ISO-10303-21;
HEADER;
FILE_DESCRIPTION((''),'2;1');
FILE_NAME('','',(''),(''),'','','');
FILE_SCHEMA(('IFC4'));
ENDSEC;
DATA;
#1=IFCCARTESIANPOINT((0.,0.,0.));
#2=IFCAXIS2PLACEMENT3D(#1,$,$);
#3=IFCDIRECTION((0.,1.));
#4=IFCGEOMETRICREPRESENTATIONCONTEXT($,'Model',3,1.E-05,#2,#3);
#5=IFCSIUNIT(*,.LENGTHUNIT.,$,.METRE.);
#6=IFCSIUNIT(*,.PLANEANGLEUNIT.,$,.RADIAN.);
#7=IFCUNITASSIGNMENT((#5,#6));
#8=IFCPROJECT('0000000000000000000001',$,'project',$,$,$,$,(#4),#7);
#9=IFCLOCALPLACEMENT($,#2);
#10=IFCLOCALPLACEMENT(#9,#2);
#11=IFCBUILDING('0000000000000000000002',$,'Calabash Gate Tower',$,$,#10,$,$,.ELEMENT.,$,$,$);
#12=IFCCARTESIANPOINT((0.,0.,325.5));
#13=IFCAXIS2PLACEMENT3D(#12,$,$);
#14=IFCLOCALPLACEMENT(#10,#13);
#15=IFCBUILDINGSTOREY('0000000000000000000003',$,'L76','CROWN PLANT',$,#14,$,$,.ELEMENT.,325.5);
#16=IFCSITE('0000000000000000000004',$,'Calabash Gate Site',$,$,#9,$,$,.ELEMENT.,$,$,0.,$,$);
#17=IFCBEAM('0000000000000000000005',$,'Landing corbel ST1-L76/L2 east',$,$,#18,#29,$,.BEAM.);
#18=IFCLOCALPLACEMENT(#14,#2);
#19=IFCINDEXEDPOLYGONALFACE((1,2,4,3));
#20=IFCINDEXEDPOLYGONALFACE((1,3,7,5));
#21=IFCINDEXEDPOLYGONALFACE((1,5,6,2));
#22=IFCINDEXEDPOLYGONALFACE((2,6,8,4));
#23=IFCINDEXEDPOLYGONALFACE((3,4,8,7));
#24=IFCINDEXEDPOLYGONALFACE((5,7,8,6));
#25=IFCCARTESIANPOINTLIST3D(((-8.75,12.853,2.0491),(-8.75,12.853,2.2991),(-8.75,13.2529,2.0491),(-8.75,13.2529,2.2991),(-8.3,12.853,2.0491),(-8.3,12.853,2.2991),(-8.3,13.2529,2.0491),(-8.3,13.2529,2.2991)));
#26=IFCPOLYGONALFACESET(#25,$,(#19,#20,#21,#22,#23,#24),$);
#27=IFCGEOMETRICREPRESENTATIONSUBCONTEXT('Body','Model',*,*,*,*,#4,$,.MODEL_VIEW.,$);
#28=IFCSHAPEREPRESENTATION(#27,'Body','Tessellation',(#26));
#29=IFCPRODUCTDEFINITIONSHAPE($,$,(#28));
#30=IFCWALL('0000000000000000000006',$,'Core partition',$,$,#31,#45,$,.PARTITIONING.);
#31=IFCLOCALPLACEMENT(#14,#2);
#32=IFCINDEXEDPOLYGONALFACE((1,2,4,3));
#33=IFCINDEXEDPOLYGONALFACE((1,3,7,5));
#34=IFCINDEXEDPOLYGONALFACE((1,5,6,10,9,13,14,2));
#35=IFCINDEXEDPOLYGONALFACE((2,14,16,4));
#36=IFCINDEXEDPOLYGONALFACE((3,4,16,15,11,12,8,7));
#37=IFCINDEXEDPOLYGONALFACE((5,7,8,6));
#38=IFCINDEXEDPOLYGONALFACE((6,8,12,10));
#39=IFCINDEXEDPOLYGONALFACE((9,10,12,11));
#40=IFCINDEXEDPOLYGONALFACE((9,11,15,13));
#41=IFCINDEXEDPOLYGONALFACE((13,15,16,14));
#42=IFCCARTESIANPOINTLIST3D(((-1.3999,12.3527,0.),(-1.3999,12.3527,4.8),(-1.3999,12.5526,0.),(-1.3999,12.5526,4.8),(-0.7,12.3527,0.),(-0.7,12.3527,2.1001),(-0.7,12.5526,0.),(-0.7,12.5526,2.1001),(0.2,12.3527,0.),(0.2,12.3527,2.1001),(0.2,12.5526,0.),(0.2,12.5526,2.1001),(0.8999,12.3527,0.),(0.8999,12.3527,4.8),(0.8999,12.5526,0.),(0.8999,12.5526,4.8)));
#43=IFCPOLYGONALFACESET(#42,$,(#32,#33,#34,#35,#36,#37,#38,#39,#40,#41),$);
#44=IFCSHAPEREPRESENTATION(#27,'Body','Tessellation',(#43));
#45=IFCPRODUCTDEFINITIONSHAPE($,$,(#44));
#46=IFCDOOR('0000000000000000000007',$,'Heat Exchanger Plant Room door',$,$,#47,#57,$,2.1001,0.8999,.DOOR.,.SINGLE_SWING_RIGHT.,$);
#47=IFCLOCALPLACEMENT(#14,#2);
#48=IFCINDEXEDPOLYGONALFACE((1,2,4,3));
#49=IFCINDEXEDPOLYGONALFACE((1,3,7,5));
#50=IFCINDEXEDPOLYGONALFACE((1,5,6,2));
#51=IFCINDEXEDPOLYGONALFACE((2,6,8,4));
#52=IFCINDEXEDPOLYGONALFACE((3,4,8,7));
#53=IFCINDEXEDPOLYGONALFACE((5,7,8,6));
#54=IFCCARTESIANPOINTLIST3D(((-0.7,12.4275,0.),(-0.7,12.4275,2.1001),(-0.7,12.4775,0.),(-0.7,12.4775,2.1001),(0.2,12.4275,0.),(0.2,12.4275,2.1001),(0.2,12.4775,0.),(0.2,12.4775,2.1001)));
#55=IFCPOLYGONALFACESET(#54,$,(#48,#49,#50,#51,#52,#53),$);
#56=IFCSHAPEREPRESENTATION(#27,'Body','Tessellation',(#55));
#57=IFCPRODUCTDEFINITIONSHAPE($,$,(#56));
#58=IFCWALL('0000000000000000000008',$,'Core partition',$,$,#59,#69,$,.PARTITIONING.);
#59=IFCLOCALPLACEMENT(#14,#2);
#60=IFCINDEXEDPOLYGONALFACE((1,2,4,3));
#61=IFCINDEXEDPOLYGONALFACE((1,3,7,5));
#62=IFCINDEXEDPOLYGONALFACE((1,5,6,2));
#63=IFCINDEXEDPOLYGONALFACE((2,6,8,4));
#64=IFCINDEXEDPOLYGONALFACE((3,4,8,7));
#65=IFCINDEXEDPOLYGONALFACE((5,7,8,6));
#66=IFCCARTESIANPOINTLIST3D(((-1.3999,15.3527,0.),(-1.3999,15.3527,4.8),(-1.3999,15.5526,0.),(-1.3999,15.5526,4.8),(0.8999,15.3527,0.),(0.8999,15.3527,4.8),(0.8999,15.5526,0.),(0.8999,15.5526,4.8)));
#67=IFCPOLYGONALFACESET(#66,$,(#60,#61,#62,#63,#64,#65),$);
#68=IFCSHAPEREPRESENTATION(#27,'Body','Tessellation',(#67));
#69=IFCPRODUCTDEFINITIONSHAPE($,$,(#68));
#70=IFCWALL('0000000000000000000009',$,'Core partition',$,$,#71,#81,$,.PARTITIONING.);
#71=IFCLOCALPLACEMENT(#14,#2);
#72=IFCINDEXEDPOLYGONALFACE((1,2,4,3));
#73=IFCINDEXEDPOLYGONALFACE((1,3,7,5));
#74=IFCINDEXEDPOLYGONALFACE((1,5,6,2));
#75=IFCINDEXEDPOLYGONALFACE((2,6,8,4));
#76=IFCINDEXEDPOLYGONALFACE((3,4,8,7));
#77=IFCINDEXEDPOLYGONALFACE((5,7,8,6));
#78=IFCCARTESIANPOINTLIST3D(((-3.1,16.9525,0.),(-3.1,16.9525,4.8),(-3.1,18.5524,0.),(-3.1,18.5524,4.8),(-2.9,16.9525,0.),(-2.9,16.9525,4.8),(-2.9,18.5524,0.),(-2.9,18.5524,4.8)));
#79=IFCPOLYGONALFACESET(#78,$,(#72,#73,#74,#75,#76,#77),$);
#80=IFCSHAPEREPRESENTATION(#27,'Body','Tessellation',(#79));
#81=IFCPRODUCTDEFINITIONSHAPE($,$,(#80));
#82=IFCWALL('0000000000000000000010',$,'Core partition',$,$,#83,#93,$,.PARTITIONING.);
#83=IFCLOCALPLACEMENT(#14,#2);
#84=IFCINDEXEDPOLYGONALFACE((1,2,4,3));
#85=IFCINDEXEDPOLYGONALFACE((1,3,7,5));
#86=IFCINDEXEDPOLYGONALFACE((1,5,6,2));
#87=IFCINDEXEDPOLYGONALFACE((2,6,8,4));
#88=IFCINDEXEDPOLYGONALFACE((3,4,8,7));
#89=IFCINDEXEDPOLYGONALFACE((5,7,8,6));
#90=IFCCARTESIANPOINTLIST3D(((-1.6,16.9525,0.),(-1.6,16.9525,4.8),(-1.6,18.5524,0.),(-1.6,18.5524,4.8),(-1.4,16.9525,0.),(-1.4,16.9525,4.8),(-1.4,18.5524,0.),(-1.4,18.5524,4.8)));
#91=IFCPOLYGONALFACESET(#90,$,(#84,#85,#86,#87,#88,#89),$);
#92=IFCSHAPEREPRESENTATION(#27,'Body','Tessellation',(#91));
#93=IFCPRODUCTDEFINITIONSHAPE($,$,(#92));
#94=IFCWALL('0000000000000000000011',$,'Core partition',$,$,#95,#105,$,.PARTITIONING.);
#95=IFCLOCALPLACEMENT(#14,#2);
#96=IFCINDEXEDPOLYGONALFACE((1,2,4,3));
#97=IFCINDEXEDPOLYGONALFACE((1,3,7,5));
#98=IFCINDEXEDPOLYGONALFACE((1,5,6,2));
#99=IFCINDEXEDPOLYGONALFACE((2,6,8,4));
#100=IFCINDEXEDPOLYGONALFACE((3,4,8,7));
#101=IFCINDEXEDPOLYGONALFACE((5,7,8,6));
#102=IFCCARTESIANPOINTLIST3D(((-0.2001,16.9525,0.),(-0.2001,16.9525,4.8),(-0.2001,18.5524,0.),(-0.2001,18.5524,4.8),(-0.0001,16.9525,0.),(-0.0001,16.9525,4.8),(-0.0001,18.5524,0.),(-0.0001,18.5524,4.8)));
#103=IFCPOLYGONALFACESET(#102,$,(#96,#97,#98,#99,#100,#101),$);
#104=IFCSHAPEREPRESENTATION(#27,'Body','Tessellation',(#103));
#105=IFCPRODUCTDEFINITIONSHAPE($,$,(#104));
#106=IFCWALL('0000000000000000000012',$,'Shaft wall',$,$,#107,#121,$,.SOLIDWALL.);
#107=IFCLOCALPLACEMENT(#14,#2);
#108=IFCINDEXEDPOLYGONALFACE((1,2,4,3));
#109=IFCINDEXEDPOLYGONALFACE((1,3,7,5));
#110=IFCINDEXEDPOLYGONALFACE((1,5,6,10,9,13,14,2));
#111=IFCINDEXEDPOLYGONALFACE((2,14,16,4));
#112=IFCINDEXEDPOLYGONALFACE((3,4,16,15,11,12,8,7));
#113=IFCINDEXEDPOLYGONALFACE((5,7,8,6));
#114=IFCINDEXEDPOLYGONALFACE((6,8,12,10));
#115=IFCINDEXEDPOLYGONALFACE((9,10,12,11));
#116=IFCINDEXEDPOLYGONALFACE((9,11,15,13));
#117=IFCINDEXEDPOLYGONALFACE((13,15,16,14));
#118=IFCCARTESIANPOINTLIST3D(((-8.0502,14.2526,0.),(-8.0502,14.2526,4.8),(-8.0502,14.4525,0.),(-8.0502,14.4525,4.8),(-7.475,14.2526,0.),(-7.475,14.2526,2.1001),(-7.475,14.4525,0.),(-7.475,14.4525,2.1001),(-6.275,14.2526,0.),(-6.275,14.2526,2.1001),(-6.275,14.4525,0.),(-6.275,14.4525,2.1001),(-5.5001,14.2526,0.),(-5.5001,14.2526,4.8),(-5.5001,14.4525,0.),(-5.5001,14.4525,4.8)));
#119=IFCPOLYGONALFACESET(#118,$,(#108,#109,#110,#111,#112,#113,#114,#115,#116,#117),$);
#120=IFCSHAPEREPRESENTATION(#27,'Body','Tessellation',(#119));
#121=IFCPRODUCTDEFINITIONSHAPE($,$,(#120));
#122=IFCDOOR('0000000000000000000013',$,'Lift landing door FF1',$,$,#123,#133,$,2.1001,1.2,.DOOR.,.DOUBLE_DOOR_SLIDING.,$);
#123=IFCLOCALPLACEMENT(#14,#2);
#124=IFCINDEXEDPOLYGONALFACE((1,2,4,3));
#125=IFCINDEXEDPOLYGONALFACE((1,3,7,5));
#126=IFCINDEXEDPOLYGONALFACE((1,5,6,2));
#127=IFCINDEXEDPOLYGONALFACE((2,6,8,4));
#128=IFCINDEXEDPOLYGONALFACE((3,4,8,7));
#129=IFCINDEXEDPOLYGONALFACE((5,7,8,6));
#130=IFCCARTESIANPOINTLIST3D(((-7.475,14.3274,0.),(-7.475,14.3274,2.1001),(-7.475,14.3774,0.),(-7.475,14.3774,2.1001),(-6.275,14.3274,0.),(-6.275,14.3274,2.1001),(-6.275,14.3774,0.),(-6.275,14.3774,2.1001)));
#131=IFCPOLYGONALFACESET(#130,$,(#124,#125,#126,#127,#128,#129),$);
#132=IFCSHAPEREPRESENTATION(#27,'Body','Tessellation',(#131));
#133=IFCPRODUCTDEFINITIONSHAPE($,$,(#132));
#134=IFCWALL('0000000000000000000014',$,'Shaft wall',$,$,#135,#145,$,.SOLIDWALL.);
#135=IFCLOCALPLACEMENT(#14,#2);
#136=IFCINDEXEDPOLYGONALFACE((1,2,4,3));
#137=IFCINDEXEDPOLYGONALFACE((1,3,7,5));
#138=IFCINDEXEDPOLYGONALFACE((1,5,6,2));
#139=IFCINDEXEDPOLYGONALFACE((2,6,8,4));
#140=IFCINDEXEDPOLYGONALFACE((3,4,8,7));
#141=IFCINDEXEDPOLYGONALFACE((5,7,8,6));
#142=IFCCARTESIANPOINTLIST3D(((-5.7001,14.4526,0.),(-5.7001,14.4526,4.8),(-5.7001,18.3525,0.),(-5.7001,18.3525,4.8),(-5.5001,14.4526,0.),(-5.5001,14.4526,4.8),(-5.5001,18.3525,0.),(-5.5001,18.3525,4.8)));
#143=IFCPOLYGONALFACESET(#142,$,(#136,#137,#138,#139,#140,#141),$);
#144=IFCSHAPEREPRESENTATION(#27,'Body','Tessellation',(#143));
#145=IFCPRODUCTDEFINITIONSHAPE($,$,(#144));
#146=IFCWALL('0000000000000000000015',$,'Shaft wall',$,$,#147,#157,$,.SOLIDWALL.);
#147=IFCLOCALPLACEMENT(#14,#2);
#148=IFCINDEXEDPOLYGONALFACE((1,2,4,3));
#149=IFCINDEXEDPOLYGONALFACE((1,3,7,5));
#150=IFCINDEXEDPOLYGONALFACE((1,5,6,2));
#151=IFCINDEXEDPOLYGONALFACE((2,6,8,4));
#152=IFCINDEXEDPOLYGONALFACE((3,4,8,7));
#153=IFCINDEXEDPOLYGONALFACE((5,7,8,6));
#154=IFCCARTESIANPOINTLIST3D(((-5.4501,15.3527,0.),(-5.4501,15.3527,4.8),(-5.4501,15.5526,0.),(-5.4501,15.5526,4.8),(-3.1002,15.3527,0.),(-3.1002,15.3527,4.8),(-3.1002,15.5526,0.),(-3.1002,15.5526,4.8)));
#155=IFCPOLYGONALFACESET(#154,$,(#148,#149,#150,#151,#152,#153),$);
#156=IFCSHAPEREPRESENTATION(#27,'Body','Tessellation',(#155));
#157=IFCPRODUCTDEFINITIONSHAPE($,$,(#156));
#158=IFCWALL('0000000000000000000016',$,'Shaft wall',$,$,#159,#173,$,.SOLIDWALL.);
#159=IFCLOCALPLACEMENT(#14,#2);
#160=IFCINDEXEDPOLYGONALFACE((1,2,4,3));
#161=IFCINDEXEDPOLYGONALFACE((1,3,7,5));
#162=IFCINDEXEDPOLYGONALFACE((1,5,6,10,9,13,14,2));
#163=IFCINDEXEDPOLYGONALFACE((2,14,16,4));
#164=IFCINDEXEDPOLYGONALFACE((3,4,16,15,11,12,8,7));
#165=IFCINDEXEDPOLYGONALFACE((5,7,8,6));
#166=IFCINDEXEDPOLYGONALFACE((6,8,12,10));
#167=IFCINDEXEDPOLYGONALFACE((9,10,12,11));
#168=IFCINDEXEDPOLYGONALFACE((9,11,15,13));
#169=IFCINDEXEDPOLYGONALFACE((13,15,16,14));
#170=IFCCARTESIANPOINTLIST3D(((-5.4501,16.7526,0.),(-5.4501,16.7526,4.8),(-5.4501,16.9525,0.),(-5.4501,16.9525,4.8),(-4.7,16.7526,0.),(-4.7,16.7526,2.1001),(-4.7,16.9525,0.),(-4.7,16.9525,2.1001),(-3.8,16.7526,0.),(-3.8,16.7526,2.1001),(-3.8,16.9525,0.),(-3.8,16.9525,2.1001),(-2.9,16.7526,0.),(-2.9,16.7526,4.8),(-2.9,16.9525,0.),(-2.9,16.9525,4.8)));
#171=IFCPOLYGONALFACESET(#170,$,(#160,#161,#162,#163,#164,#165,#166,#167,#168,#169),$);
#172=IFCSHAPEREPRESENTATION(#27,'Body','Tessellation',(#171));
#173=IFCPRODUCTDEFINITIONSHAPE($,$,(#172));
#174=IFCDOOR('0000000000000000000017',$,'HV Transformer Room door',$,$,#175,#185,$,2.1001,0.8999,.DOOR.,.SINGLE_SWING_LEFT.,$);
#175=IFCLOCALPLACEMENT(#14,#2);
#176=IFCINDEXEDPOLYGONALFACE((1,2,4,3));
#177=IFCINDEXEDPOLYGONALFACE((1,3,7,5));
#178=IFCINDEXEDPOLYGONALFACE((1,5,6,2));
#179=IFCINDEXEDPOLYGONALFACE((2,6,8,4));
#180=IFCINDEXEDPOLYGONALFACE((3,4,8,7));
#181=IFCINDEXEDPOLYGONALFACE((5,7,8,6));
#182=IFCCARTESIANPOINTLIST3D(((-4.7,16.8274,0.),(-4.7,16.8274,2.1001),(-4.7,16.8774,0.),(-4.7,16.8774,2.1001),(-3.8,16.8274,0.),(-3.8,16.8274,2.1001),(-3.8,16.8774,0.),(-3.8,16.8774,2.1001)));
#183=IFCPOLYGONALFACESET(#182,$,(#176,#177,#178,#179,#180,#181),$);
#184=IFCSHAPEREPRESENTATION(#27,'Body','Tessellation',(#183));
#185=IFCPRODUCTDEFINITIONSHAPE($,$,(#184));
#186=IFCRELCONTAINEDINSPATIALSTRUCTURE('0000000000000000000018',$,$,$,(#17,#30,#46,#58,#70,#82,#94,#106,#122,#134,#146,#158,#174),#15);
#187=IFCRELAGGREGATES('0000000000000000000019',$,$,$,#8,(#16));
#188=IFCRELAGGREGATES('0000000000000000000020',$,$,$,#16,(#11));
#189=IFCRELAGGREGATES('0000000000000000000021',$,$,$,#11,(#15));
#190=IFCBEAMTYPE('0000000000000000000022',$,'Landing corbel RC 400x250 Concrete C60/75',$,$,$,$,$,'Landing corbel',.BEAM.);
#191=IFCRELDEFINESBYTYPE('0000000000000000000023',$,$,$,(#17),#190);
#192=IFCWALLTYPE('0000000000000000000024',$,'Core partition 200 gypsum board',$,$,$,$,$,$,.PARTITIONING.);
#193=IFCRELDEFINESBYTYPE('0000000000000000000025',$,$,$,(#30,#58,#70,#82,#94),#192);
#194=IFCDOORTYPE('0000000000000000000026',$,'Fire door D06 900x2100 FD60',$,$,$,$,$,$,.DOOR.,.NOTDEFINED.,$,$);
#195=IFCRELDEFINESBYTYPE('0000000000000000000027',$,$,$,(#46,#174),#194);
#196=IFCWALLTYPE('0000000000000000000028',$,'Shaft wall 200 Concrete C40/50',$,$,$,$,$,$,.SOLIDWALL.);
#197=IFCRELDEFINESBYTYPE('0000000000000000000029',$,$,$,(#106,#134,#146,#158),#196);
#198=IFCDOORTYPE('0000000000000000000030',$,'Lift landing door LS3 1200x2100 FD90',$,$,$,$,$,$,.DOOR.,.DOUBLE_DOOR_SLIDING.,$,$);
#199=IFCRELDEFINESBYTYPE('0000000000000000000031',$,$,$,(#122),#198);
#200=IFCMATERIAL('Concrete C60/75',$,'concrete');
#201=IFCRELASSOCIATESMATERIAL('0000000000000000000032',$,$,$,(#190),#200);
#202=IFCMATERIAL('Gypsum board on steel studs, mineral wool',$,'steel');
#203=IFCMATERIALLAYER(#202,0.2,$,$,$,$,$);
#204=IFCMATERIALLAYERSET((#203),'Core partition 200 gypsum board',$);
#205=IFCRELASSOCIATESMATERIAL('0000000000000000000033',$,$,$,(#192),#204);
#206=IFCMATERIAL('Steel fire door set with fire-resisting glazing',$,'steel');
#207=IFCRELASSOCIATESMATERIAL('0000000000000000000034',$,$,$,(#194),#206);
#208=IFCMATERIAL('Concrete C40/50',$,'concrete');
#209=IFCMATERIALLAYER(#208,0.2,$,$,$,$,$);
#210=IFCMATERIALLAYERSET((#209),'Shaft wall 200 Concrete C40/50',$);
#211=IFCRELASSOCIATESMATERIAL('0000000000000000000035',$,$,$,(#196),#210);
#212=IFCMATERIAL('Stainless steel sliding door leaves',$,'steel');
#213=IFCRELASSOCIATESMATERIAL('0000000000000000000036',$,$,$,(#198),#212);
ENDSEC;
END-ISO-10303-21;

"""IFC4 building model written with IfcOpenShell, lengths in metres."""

from ifc_helpers import new_model, si_unit, direction, frame, frame_2d, origin, origin_2d, place, context, subcontext, project, spatial, rectangle, extrude, material, layer, layer_set, material_profile, profile_set, type_object, element, fill, save


model = new_model("IFC4")

# Units and contexts
model_context = context("Model", 3, precision=1e-05, world=origin(), true_north=direction((0.0, 1.0)))
body_context = subcontext(model_context, "Body", "Model", "MODEL_VIEW")
ifc_project = project(units=[si_unit("LENGTHUNIT", "METRE"), si_unit("PLANEANGLEUNIT", "RADIAN")], contexts=[model_context])

# Site, building, storey
site_placement = place(None, origin())
site = spatial("IfcSite", under=ifc_project, at=site_placement, Name="Calabash Gate Site", CompositionType="ELEMENT", RefElevation=0.0)
building_placement = place(site_placement, origin())
building = spatial("IfcBuilding", under=site, at=building_placement, Name="Calabash Gate Tower", CompositionType="ELEMENT")
storey_placement = place(building_placement, frame((0.0, 0.0, 325.5)))
storey = spatial("IfcBuildingStorey", under=building, at=storey_placement, Name="L76", Description="CROWN PLANT", CompositionType="ELEMENT", Elevation=325.5)

# Beam
ifc_material_1 = material(Name="Concrete C60/75", Category="concrete")
ifc_material_profile = material_profile(ifc_material_1, rectangle(XDim=0.3999, YDim=0.25, at=origin_2d()))
ifc_profile_set = profile_set([ifc_material_profile], Name="Concrete C60/75")
beam_type = type_object("IfcBeamType", Name="Landing corbel RC 400x250 Concrete C60/75", ElementType="Landing corbel", PredefinedType="BEAM", material=ifc_profile_set)
beam_placement = place(storey_placement, frame((-8.3, 13.053, 2.1741), z_axis=(-1.0, 0.0, 0.0), x_axis=(0.0, -1.0, 0.0)))
element("IfcBeam", 1, at=beam_placement, inside=storey, type_object=beam_type, Name="Landing corbel ST1-L76/L2 east", PredefinedType="BEAM", context=body_context, shape_type="SweptSolid", body=[
    extrude(rectangle(XDim=0.3999, YDim=0.25, at=origin_2d()), origin(), (0.0, 0.0, 1.0), 0.45),
])

# Wall, opening, door
ifc_material_2 = material(Name="Gypsum board on steel studs, mineral wool", Category="steel")
ifc_layer_1 = layer(ifc_material_2, 0.2)
ifc_layer_set_1 = layer_set([ifc_layer_1], Name="Core partition 200 gypsum board")
wall_type_1 = type_object("IfcWallType", Name="Core partition 200 gypsum board", PredefinedType="PARTITIONING", material=ifc_layer_set_1)
wall_1_placement = place(storey_placement, frame((-1.3999, 12.4526, 0.0), z_axis=(0.0, 0.0, 1.0), x_axis=(1.0, 0.0, 0.0)))
wall_1 = element("IfcWall", 2, at=wall_1_placement, inside=storey, type_object=wall_type_1, Name="Core partition", PredefinedType="PARTITIONING", context=body_context, shape_type="SweptSolid", body=[
    extrude(rectangle(XDim=2.2998, YDim=0.2, at=frame_2d((1.1499, 0.0))), origin(), (0.0, 0.0, 1.0), 4.8),
])
opening_1_placement = place(wall_1_placement, frame((0.7, 0.0, 0.0)))
opening_1 = element("IfcOpeningElement", 3, at=opening_1_placement, cuts=wall_1, PredefinedType="OPENING", context=body_context, shape_type="SweptSolid", body=[
    extrude(rectangle(XDim=0.8999, YDim=2.1001, at=frame_2d((0.45, 1.05))), frame((0.0, 0.1099, 0.0), z_axis=(0.0, -1.0, 0.0), x_axis=(1.0, 0.0, 0.0)), (0.0, 0.0, 1.0), 0.22),
])
ifc_material_3 = material(Name="Steel fire door set with fire-resisting glazing", Category="steel")
door_type_1 = type_object("IfcDoorType", Name="Fire door D06 900x2100 FD60", OperationType="NOTDEFINED", PredefinedType="DOOR", material=ifc_material_3)
door_1_placement = place(opening_1_placement, origin())
door_1 = element("IfcDoor", 4, at=door_1_placement, inside=storey, type_object=door_type_1, Name="Heat Exchanger Plant Room door", OperationType="SINGLE_SWING_RIGHT", OverallHeight=2.1001, OverallWidth=0.8999, PredefinedType="DOOR", context=body_context, shape_type="SweptSolid", body=[
    extrude(rectangle(XDim=0.8999, YDim=2.1001, at=frame_2d((0.45, 1.05))), frame((0.0, 0.0249, 0.0), z_axis=(0.0, -1.0, 0.0), x_axis=(1.0, 0.0, 0.0)), (0.0, 0.0, 1.0), 0.05),
])
fill(opening_1, door_1)

# Walls
wall_2_placement = place(storey_placement, frame((-1.3999, 15.4526, 0.0), z_axis=(0.0, 0.0, 1.0), x_axis=(1.0, 0.0, 0.0)))
element("IfcWall", 5, at=wall_2_placement, inside=storey, type_object=wall_type_1, Name="Core partition", PredefinedType="PARTITIONING", context=body_context, shape_type="SweptSolid", body=[
    extrude(rectangle(XDim=2.2998, YDim=0.2, at=frame_2d((1.1499, 0.0))), origin(), (0.0, 0.0, 1.0), 4.8),
])
for number, where, z_axis, x_axis, name in (
    (6, (-3.0, 16.9526, 0.0), (0.0, 0.0, 1.0), (0.0, 1.0, 0.0), "Core partition"),
    (7, (-1.5, 16.9526, 0.0), (0.0, 0.0, 1.0), (0.0, 1.0, 0.0), "Core partition"),
    (8, (-0.1001, 16.9526, 0.0), (0.0, 0.0, 1.0), (0.0, 1.0, 0.0), "Core partition"),
):
    element("IfcWall", number, at=place(storey_placement, frame(where, z_axis=z_axis, x_axis=x_axis)), inside=storey, type_object=wall_type_1, Name=name, PredefinedType="PARTITIONING", context=body_context, shape_type="SweptSolid", body=[
        extrude(rectangle(XDim=1.5999, YDim=0.2, at=frame_2d((0.7998, 0.0))), origin(), (0.0, 0.0, 1.0), 4.8),
    ])

# Wall, opening, door
ifc_material_4 = material(Name="Concrete C40/50", Category="concrete")
ifc_layer_2 = layer(ifc_material_4, 0.2)
ifc_layer_set_2 = layer_set([ifc_layer_2], Name="Shaft wall 200 Concrete C40/50")
wall_type_2 = type_object("IfcWallType", Name="Shaft wall 200 Concrete C40/50", PredefinedType="SOLIDWALL", material=ifc_layer_set_2)
wall_3_placement = place(storey_placement, frame((-8.05, 14.3525, 0.0), z_axis=(0.0, 0.0, 1.0), x_axis=(1.0, 0.0, 0.0)))
wall_3 = element("IfcWall", 9, at=wall_3_placement, inside=storey, type_object=wall_type_2, Name="Shaft wall", PredefinedType="SOLIDWALL", context=body_context, shape_type="SweptSolid", body=[
    extrude(rectangle(XDim=2.55, YDim=0.2, at=frame_2d((1.2749, 0.0))), origin(), (0.0, 0.0, 1.0), 4.8),
])
opening_2_placement = place(wall_3_placement, frame((0.575, 0.0, 0.0)))
opening_2 = element("IfcOpeningElement", 10, at=opening_2_placement, cuts=wall_3, PredefinedType="OPENING", context=body_context, shape_type="SweptSolid", body=[
    extrude(rectangle(XDim=1.2, YDim=2.1001, at=frame_2d((0.6001, 1.05))), frame((0.0, 0.1099, 0.0), z_axis=(0.0, -1.0, 0.0), x_axis=(1.0, 0.0, 0.0)), (0.0, 0.0, 1.0), 0.22),
])
ifc_material_5 = material(Name="Stainless steel sliding door leaves", Category="steel")
door_type_2 = type_object("IfcDoorType", Name="Lift landing door LS3 1200x2100 FD90", OperationType="DOUBLE_DOOR_SLIDING", PredefinedType="DOOR", material=ifc_material_5)
door_2_placement = place(opening_2_placement, origin())
door_2 = element("IfcDoor", 11, at=door_2_placement, inside=storey, type_object=door_type_2, Name="Lift landing door FF1", OperationType="DOUBLE_DOOR_SLIDING", OverallHeight=2.1001, OverallWidth=1.2, PredefinedType="DOOR", context=body_context, shape_type="SweptSolid", body=[
    extrude(rectangle(XDim=1.2, YDim=2.1001, at=frame_2d((0.6001, 1.05))), frame((0.0, 0.0249, 0.0), z_axis=(0.0, -1.0, 0.0), x_axis=(1.0, 0.0, 0.0)), (0.0, 0.0, 1.0), 0.05),
])
fill(opening_2, door_2)

# Walls
wall_4_placement = place(storey_placement, frame((-5.6001, 14.4526, 0.0), z_axis=(0.0, 0.0, 1.0), x_axis=(0.0, 1.0, 0.0)))
element("IfcWall", 12, at=wall_4_placement, inside=storey, type_object=wall_type_2, Name="Shaft wall", PredefinedType="SOLIDWALL", context=body_context, shape_type="SweptSolid", body=[
    extrude(rectangle(XDim=3.8999, YDim=0.2, at=frame_2d((1.95, 0.0))), origin(), (0.0, 0.0, 1.0), 4.8),
])
wall_5_placement = place(storey_placement, frame((-5.45, 15.4526, 0.0), z_axis=(0.0, 0.0, 1.0), x_axis=(1.0, 0.0, 0.0)))
element("IfcWall", 13, at=wall_5_placement, inside=storey, type_object=wall_type_2, Name="Shaft wall", PredefinedType="SOLIDWALL", context=body_context, shape_type="SweptSolid", body=[
    extrude(rectangle(XDim=2.3499, YDim=0.2, at=frame_2d((1.1748, 0.0))), origin(), (0.0, 0.0, 1.0), 4.8),
])

# Wall, opening, door
wall_6_placement = place(storey_placement, frame((-5.45, 16.8525, 0.0), z_axis=(0.0, 0.0, 1.0), x_axis=(1.0, 0.0, 0.0)))
wall_6 = element("IfcWall", 14, at=wall_6_placement, inside=storey, type_object=wall_type_2, Name="Shaft wall", PredefinedType="SOLIDWALL", context=body_context, shape_type="SweptSolid", body=[
    extrude(rectangle(XDim=2.55, YDim=0.2, at=frame_2d((1.2749, 0.0))), origin(), (0.0, 0.0, 1.0), 4.8),
])
opening_3_placement = place(wall_6_placement, frame((0.75, 0.0, 0.0)))
opening_3 = element("IfcOpeningElement", 15, at=opening_3_placement, cuts=wall_6, PredefinedType="OPENING", context=body_context, shape_type="SweptSolid", body=[
    extrude(rectangle(XDim=0.8999, YDim=2.1001, at=frame_2d((0.45, 1.05))), frame((0.0, 0.1099, 0.0), z_axis=(0.0, -1.0, 0.0), x_axis=(1.0, 0.0, 0.0)), (0.0, 0.0, 1.0), 0.22),
])
door_3_placement = place(opening_3_placement, origin())
door_3 = element("IfcDoor", 16, at=door_3_placement, inside=storey, type_object=door_type_1, Name="HV Transformer Room door", OperationType="SINGLE_SWING_LEFT", OverallHeight=2.1001, OverallWidth=0.8999, PredefinedType="DOOR", context=body_context, shape_type="SweptSolid", body=[
    extrude(rectangle(XDim=0.8999, YDim=2.1001, at=frame_2d((0.45, 1.05))), frame((0.0, 0.0249, 0.0), z_axis=(0.0, -1.0, 0.0), x_axis=(1.0, 0.0, 0.0)), (0.0, 0.0, 1.0), 0.05),
])
fill(opening_3, door_3)

save(model, "model.ifc")
